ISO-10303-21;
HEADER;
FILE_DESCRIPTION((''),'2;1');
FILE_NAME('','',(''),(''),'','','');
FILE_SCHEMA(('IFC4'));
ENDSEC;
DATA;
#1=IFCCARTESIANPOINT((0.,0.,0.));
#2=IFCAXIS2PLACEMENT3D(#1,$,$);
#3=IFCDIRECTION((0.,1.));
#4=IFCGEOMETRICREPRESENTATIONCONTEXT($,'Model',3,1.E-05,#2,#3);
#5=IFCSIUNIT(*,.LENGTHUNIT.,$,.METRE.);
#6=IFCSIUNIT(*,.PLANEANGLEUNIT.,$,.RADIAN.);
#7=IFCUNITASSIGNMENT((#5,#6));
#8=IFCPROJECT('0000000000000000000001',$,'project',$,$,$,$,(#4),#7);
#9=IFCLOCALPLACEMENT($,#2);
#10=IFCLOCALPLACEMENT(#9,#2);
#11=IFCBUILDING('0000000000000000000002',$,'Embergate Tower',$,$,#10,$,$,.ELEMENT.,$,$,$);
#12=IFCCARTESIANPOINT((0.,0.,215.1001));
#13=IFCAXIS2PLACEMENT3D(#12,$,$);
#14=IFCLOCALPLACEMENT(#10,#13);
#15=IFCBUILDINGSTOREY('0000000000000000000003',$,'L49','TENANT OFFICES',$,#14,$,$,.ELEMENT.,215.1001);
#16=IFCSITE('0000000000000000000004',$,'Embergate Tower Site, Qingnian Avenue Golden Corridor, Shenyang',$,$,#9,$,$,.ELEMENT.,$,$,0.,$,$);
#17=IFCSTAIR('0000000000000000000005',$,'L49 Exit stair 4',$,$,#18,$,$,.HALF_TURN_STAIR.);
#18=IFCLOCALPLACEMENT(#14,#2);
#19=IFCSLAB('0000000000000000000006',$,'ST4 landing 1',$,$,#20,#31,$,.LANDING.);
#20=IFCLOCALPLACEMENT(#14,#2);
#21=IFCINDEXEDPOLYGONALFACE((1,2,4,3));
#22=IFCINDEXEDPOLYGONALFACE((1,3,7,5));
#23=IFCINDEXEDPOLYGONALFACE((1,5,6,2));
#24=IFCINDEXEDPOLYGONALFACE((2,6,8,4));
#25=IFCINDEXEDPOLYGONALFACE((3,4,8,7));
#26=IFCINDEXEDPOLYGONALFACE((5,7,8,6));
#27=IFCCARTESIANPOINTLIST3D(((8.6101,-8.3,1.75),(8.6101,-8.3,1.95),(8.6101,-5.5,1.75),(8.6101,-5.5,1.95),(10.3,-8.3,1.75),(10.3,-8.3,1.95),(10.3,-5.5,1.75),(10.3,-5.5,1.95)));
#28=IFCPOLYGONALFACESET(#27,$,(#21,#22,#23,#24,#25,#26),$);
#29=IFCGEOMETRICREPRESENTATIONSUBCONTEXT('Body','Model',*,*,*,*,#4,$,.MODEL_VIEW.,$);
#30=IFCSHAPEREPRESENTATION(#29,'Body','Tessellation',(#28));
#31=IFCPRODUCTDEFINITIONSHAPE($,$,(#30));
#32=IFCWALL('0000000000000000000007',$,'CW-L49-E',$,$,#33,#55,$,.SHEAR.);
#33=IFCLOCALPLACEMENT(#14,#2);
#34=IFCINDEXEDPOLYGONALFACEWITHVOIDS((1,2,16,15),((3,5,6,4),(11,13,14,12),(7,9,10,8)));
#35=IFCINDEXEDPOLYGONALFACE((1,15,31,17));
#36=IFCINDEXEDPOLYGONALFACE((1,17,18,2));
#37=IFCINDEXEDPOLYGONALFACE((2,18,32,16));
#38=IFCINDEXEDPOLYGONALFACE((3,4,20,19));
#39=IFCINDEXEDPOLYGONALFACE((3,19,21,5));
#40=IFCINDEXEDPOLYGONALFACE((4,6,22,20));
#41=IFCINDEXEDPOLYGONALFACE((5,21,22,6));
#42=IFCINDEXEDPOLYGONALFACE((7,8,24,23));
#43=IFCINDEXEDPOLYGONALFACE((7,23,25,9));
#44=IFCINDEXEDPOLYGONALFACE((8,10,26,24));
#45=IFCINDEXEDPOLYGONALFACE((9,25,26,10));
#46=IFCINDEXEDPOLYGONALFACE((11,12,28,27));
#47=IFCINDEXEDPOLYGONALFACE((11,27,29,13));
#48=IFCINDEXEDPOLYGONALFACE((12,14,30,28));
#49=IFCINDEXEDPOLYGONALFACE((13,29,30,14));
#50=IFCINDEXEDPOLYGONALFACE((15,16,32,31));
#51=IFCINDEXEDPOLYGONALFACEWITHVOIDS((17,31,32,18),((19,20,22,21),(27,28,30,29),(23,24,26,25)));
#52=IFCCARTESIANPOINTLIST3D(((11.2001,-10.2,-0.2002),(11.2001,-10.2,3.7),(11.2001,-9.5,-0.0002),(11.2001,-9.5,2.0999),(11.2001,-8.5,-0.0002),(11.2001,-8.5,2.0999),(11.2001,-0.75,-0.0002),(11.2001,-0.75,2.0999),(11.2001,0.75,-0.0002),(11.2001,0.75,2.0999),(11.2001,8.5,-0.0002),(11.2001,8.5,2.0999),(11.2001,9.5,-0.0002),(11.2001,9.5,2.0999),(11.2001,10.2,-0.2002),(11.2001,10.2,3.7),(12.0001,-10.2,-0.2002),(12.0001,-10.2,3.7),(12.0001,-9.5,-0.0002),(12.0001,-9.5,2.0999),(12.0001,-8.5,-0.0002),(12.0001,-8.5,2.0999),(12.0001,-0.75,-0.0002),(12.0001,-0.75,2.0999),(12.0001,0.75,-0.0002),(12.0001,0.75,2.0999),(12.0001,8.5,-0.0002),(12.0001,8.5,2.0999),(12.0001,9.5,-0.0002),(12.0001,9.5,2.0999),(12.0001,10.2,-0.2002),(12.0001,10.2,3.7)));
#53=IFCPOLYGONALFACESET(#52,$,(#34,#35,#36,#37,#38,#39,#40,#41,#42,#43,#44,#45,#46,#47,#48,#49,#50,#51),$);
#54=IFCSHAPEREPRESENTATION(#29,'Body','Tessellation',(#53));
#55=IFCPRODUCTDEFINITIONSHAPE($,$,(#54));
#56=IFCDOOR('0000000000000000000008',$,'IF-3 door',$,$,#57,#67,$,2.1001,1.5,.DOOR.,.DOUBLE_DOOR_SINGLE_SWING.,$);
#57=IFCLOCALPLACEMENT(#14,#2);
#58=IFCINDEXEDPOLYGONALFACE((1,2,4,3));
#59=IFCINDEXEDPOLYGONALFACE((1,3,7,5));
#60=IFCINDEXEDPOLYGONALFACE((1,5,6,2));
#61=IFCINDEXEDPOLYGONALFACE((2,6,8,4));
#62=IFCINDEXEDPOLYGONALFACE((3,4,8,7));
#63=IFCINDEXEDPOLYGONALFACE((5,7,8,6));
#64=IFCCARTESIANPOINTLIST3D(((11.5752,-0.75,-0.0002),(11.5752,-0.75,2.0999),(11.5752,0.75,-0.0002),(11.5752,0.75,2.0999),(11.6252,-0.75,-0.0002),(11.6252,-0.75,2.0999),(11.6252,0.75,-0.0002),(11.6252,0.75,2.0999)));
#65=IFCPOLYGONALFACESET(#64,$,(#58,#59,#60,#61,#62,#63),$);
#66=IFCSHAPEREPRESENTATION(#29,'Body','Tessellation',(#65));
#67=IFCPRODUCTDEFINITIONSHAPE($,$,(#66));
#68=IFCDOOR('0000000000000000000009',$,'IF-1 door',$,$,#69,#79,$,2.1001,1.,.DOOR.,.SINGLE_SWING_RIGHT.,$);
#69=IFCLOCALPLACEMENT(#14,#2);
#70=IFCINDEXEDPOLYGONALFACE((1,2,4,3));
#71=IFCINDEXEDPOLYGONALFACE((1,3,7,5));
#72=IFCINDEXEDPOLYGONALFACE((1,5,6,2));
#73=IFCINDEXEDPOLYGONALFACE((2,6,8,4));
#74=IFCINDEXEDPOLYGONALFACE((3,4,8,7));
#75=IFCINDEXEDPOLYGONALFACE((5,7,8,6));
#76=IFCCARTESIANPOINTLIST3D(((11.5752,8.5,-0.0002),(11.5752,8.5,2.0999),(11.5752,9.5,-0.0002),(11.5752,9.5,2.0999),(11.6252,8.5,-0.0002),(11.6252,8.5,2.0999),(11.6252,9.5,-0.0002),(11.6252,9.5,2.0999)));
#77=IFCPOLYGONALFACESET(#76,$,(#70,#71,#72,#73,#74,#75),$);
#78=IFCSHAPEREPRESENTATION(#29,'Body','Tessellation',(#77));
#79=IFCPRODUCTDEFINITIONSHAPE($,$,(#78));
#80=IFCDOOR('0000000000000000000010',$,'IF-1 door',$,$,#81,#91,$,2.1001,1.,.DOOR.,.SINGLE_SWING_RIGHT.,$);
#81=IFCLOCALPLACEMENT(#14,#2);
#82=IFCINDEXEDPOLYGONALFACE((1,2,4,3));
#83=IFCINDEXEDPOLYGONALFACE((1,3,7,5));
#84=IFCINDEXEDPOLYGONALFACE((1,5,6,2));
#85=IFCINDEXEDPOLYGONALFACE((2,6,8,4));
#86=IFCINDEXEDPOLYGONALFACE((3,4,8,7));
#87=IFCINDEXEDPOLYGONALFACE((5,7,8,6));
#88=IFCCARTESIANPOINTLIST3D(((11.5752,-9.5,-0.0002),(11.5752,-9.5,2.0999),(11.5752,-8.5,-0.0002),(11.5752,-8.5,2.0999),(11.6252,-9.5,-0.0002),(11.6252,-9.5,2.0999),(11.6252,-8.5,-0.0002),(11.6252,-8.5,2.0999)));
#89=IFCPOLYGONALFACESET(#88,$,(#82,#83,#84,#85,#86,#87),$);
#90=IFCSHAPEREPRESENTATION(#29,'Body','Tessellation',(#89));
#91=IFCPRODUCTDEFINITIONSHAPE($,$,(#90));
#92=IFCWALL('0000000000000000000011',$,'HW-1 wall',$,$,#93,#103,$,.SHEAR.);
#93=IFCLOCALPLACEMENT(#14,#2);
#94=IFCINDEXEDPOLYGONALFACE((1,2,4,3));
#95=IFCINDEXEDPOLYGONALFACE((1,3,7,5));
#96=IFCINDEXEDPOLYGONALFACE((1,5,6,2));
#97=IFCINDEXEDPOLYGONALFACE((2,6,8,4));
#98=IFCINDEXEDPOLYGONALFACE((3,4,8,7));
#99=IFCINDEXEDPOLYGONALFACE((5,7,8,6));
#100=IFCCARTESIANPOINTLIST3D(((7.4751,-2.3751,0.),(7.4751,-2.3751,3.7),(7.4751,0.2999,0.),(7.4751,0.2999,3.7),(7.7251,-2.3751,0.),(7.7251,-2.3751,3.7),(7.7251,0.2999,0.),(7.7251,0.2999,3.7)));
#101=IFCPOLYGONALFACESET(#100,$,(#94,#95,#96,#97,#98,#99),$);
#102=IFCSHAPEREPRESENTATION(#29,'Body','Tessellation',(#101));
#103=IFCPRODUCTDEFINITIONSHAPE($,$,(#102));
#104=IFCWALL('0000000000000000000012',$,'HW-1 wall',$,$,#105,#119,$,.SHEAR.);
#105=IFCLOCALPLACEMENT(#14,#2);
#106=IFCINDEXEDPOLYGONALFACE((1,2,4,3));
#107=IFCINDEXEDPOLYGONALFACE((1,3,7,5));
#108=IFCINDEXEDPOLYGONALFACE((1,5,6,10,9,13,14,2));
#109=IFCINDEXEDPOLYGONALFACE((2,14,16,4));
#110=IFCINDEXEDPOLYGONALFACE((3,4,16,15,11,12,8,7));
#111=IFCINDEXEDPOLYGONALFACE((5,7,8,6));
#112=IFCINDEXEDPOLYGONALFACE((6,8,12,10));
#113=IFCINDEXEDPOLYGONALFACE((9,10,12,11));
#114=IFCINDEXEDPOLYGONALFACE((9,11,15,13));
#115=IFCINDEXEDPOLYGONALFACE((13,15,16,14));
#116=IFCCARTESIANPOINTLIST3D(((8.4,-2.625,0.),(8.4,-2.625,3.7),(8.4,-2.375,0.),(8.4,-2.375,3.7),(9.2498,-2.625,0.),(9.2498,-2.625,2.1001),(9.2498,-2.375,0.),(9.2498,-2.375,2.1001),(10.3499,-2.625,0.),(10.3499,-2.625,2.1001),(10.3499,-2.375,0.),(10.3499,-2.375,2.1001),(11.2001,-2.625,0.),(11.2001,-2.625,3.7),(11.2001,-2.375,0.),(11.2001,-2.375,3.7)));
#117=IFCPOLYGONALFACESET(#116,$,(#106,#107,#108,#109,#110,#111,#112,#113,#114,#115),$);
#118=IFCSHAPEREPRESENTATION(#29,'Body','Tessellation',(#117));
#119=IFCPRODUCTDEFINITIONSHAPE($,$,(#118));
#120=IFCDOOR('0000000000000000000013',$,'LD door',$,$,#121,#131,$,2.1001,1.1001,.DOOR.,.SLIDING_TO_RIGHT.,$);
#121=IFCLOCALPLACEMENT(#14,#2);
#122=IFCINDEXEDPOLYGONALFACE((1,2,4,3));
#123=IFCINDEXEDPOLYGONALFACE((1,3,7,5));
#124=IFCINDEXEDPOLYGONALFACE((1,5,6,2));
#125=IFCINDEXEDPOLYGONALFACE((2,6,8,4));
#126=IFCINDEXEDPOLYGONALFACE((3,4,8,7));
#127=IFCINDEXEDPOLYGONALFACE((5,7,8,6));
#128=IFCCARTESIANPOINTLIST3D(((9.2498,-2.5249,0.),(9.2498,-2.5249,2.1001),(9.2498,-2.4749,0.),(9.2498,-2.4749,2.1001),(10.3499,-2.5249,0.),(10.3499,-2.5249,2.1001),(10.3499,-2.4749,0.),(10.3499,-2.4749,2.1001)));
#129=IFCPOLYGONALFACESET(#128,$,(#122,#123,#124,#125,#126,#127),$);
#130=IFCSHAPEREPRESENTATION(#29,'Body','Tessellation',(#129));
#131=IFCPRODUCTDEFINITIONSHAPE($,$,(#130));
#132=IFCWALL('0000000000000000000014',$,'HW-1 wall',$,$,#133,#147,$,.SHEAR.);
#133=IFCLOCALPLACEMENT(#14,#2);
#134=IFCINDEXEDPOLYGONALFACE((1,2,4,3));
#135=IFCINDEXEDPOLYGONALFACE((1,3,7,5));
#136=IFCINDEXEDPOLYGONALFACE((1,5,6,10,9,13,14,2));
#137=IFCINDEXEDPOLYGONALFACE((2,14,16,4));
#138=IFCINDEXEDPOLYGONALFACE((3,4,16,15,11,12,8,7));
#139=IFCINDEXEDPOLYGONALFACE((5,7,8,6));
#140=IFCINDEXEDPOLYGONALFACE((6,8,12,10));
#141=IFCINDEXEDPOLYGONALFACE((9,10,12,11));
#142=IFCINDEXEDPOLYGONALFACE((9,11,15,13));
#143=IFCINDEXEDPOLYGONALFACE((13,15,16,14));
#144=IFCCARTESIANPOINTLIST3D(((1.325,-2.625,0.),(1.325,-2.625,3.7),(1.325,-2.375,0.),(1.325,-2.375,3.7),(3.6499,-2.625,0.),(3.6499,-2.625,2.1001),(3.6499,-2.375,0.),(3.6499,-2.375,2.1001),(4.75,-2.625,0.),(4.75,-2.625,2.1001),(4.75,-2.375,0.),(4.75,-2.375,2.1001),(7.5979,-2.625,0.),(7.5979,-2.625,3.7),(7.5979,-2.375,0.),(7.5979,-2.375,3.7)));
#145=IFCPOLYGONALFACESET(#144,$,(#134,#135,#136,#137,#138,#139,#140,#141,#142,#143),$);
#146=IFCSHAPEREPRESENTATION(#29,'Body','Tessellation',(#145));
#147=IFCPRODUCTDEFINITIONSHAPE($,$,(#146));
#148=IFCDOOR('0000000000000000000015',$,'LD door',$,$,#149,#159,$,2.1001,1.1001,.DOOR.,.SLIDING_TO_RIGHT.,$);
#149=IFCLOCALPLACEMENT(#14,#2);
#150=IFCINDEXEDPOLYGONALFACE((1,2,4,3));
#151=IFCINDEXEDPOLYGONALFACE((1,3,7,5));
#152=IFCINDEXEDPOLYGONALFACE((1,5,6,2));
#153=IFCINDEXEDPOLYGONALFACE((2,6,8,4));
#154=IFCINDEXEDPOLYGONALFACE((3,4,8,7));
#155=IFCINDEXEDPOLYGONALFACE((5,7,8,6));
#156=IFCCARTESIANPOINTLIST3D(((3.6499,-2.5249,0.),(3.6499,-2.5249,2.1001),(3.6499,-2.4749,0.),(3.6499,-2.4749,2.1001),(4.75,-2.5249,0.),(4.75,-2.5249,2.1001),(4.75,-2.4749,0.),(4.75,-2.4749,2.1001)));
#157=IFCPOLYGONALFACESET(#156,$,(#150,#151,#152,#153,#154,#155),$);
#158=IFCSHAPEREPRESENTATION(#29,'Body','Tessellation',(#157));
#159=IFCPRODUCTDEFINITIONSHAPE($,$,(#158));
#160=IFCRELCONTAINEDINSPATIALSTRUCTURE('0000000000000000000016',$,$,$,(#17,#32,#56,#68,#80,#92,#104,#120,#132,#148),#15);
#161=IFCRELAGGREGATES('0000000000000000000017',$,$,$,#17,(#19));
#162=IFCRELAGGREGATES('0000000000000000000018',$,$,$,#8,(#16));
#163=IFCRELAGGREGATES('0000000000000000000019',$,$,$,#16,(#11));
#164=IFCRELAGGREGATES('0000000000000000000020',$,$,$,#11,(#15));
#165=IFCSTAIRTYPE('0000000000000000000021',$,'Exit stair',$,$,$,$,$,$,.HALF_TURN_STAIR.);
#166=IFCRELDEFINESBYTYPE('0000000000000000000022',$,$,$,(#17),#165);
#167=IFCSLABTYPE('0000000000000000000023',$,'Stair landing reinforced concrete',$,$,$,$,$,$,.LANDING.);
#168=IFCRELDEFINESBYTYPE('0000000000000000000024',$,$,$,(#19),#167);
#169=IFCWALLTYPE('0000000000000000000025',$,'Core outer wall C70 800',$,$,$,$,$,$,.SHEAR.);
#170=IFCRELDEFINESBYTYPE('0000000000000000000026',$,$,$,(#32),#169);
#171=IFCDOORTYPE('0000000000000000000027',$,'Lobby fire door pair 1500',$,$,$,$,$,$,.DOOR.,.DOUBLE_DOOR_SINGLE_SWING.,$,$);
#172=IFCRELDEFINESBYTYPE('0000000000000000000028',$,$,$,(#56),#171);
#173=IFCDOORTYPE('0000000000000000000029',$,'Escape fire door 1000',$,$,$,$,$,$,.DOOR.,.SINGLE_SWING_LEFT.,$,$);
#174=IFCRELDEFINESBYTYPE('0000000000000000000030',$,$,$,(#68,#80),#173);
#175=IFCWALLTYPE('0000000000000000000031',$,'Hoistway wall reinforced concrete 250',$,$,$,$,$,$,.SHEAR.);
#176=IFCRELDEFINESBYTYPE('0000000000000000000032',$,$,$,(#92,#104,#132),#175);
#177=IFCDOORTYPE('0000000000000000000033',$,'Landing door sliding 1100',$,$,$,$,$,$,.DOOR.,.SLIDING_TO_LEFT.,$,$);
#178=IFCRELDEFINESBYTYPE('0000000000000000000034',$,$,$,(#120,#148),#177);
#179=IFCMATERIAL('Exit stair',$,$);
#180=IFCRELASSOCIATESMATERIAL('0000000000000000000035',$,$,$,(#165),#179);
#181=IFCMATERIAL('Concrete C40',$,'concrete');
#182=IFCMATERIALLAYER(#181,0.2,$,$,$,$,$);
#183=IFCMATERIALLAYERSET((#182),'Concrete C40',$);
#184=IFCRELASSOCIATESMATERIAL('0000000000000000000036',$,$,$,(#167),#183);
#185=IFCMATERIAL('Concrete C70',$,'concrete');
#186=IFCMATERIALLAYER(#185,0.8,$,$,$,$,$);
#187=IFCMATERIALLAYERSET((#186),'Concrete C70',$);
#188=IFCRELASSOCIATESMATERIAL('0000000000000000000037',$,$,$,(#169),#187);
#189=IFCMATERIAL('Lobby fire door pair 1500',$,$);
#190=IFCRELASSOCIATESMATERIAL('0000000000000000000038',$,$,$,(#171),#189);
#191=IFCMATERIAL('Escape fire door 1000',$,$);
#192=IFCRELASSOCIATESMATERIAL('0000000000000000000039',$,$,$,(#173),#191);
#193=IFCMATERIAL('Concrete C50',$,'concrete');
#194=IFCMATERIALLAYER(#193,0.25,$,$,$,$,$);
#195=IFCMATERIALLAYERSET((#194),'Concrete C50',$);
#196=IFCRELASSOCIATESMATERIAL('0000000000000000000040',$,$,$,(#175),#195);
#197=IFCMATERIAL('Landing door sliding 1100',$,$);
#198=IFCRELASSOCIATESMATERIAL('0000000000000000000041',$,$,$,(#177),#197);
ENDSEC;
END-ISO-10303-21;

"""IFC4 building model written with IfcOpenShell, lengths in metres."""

from ifc_helpers import new_model, si_unit, direction, frame, frame_2d, origin, place, context, subcontext, project, spatial, polyline, rectangle, outline, extrude, source, transform, mapped, material, layer, layer_set, type_object, element, fill, aggregate, save


model = new_model("IFC4")

# Units and contexts
model_context = context("Model", 3, precision=1e-05, world=origin(), true_north=direction((0.0, 1.0)))
body_context = subcontext(model_context, "Body", "Model", "MODEL_VIEW")
ifc_project = project(units=[si_unit("LENGTHUNIT", "METRE"), si_unit("PLANEANGLEUNIT", "RADIAN")], contexts=[model_context])

# Site, building, storey
site_placement = place(None, origin())
site = spatial("IfcSite", under=ifc_project, at=site_placement, Name="Embergate Tower Site, Qingnian Avenue Golden Corridor, Shenyang", CompositionType="ELEMENT", RefElevation=0.0)
building_placement = place(site_placement, origin())
building = spatial("IfcBuilding", under=site, at=building_placement, Name="Embergate Tower", CompositionType="ELEMENT")
storey_placement = place(building_placement, frame((0.0, 0.0, 215.1001)))
storey = spatial("IfcBuildingStorey", under=building, at=storey_placement, Name="L49", Description="TENANT OFFICES", CompositionType="ELEMENT", Elevation=215.1001)

# Stair, slab
ifc_material_1 = material(Name="Exit stair")
stair_type = type_object("IfcStairType", Name="Exit stair", PredefinedType="HALF_TURN_STAIR", material=ifc_material_1)
stair_placement = place(storey_placement, origin())
stair = element("IfcStair", 1, at=stair_placement, inside=storey, type_object=stair_type, Name="L49 Exit stair 4", PredefinedType="HALF_TURN_STAIR")
ifc_material_2 = material(Name="Concrete C40", Category="concrete")
ifc_layer_1 = layer(ifc_material_2, 0.2)
ifc_layer_set_1 = layer_set([ifc_layer_1], Name="Concrete C40")
slab_type = type_object("IfcSlabType", Name="Stair landing reinforced concrete", PredefinedType="LANDING", material=ifc_layer_set_1)
shared_shape_1 = source(origin(), body_context, "Body", "SweptSolid", [
    extrude(outline(polyline([(0.0, 0.0), (1.6899, 0.0), (1.6899, 2.8), (0.0, 2.8), (0.0, 0.0)])), origin(), (0.0, 0.0, 1.0), 0.2),
])
slab_placement = place(storey_placement, frame((8.6101, -8.3, 1.75)))
slab = element("IfcSlab", 2, at=slab_placement, type_object=slab_type, Name="ST4 landing 1", PredefinedType="LANDING", context=body_context, shape_type="MappedRepresentation", body=[
    mapped(shared_shape_1, transform((0.0, 0.0, 0.0))),
])

# Wall, openings, doors
ifc_material_3 = material(Name="Concrete C70", Category="concrete")
ifc_layer_2 = layer(ifc_material_3, 0.8)
ifc_layer_set_2 = layer_set([ifc_layer_2], Name="Concrete C70")
wall_type_1 = type_object("IfcWallType", Name="Core outer wall C70 800", PredefinedType="SHEAR", material=ifc_layer_set_2)
shared_shape_2 = source(origin(), body_context, "Body", "SweptSolid", [
    extrude(rectangle(XDim=20.3999, YDim=0.8, at=frame_2d((10.2, 0.0))), origin(), (0.0, 0.0, 1.0), 3.9001),
])
wall_1_placement = place(storey_placement, frame((11.6001, -10.2, -0.2002), z_axis=(0.0, 0.0, 1.0), x_axis=(0.0, 1.0, 0.0)))
wall_1 = element("IfcWall", 3, at=wall_1_placement, inside=storey, type_object=wall_type_1, Name="CW-L49-E", PredefinedType="SHEAR", context=body_context, shape_type="MappedRepresentation", body=[
    mapped(shared_shape_2, transform((0.0, 0.0, 0.0))),
])
shared_shape_3 = source(origin(), body_context, "Body", "SweptSolid", [
    extrude(rectangle(XDim=1.0, YDim=2.1001, at=frame_2d((0.5, 1.05))), frame((0.0, 0.4099, 0.0), z_axis=(0.0, -1.0, 0.0), x_axis=(1.0, 0.0, 0.0)), (0.0, 0.0, 1.0), 0.8201),
])
opening_1_placement = place(wall_1_placement, frame((18.7, 0.0, 0.2)))
opening_1 = element("IfcOpeningElement", 4, at=opening_1_placement, cuts=wall_1, PredefinedType="OPENING", context=body_context, shape_type="MappedRepresentation", body=[
    mapped(shared_shape_3, transform((0.0, 0.0, 0.0))),
])
opening_2_placement = place(wall_1_placement, frame((0.7, 0.0, 0.2)))
opening_2 = element("IfcOpeningElement", 5, at=opening_2_placement, cuts=wall_1, PredefinedType="OPENING", context=body_context, shape_type="MappedRepresentation", body=[
    mapped(shared_shape_3, transform((0.0, 0.0, 0.0))),
])
shared_shape_4 = source(origin(), body_context, "Body", "SweptSolid", [
    extrude(rectangle(XDim=1.5, YDim=2.1001, at=frame_2d((0.75, 1.05))), frame((0.0, 0.4099, 0.0), z_axis=(0.0, -1.0, 0.0), x_axis=(1.0, 0.0, 0.0)), (0.0, 0.0, 1.0), 0.8201),
])
opening_3_placement = place(wall_1_placement, frame((9.45, 0.0, 0.2)))
opening_3 = element("IfcOpeningElement", 6, at=opening_3_placement, cuts=wall_1, PredefinedType="OPENING", context=body_context, shape_type="MappedRepresentation", body=[
    mapped(shared_shape_4, transform((0.0, 0.0, 0.0))),
])
ifc_material_4 = material(Name="Lobby fire door pair 1500")
door_type_1 = type_object("IfcDoorType", Name="Lobby fire door pair 1500", OperationType="DOUBLE_DOOR_SINGLE_SWING", PredefinedType="DOOR", material=ifc_material_4)
shared_shape_5 = source(origin(), body_context, "Body", "SweptSolid", [
    extrude(rectangle(XDim=1.5, YDim=2.1001, at=frame_2d((0.75, 1.05))), frame((0.0, 0.0249, 0.0), z_axis=(0.0, -1.0, 0.0), x_axis=(1.0, 0.0, 0.0)), (0.0, 0.0, 1.0), 0.05),
])
door_1_placement = place(opening_3_placement, origin())
door_1 = element("IfcDoor", 7, at=door_1_placement, inside=storey, type_object=door_type_1, Name="IF-3 door", OperationType="DOUBLE_DOOR_SINGLE_SWING", OverallHeight=2.1001, OverallWidth=1.5, PredefinedType="DOOR", context=body_context, shape_type="MappedRepresentation", body=[
    mapped(shared_shape_5, transform((0.0, 0.0, 0.0))),
])
fill(opening_3, door_1)
ifc_material_5 = material(Name="Escape fire door 1000")
door_type_2 = type_object("IfcDoorType", Name="Escape fire door 1000", OperationType="SINGLE_SWING_LEFT", PredefinedType="DOOR", material=ifc_material_5)
shared_shape_6 = source(origin(), body_context, "Body", "SweptSolid", [
    extrude(rectangle(XDim=1.0, YDim=2.1001, at=frame_2d((0.5, 1.05))), frame((0.0, 0.0249, 0.0), z_axis=(0.0, -1.0, 0.0), x_axis=(1.0, 0.0, 0.0)), (0.0, 0.0, 1.0), 0.05),
])
door_2_placement = place(opening_1_placement, origin())
door_2 = element("IfcDoor", 8, at=door_2_placement, inside=storey, type_object=door_type_2, Name="IF-1 door", OperationType="SINGLE_SWING_RIGHT", OverallHeight=2.1001, OverallWidth=1.0, PredefinedType="DOOR", context=body_context, shape_type="MappedRepresentation", body=[
    mapped(shared_shape_6, transform((0.0, 0.0, 0.0))),
])
fill(opening_1, door_2)
door_3_placement = place(opening_2_placement, origin())
door_3 = element("IfcDoor", 9, at=door_3_placement, inside=storey, type_object=door_type_2, Name="IF-1 door", OperationType="SINGLE_SWING_RIGHT", OverallHeight=2.1001, OverallWidth=1.0, PredefinedType="DOOR", context=body_context, shape_type="MappedRepresentation", body=[
    mapped(shared_shape_6, transform((0.0, 0.0, 0.0))),
])
fill(opening_2, door_3)

# Wall
ifc_material_6 = material(Name="Concrete C50", Category="concrete")
ifc_layer_3 = layer(ifc_material_6, 0.25)
ifc_layer_set_3 = layer_set([ifc_layer_3], Name="Concrete C50")
wall_type_2 = type_object("IfcWallType", Name="Hoistway wall reinforced concrete 250", PredefinedType="SHEAR", material=ifc_layer_set_3)
shared_shape_7 = source(origin(), body_context, "Body", "SweptSolid", [
    extrude(rectangle(XDim=2.675, YDim=0.25, at=frame_2d((1.3374, 0.0))), origin(), (0.0, 0.0, 1.0), 3.7),
])
wall_2_placement = place(storey_placement, frame((7.6001, -2.375, 0.0), z_axis=(0.0, 0.0, 1.0), x_axis=(0.0, 1.0, 0.0)))
element("IfcWall", 10, at=wall_2_placement, inside=storey, type_object=wall_type_2, Name="HW-1 wall", PredefinedType="SHEAR", context=body_context, shape_type="MappedRepresentation", body=[
    mapped(shared_shape_7, transform((0.0, 0.0, 0.0))),
])

# Walls, openings, doors
shared_shape_8 = source(origin(), body_context, "Body", "SweptSolid", [
    extrude(rectangle(XDim=2.8, YDim=0.25, at=frame_2d((1.3999, 0.0))), origin(), (0.0, 0.0, 1.0), 3.7),
])
wall_3_placement = place(storey_placement, frame((11.2, -2.5, 0.0), z_axis=(0.0, 0.0, 1.0), x_axis=(-1.0, 0.0, 0.0)))
wall_3 = element("IfcWall", 11, at=wall_3_placement, inside=storey, type_object=wall_type_2, Name="HW-1 wall", PredefinedType="SHEAR", context=body_context, shape_type="MappedRepresentation", body=[
    mapped(shared_shape_8, transform((0.0, 0.0, 0.0))),
])
shared_shape_9 = source(origin(), body_context, "Body", "SweptSolid", [
    extrude(rectangle(XDim=1.1001, YDim=2.1001, at=frame_2d((0.55, 1.05))), frame((0.0, 0.135, 0.0), z_axis=(0.0, -1.0, 0.0), x_axis=(1.0, 0.0, 0.0)), (0.0, 0.0, 1.0), 0.27),
])
opening_4_placement = place(wall_3_placement, frame((0.8501, 0.0, 0.0)))
opening_4 = element("IfcOpeningElement", 12, at=opening_4_placement, cuts=wall_3, PredefinedType="OPENING", context=body_context, shape_type="MappedRepresentation", body=[
    mapped(shared_shape_9, transform((0.0, 0.0, 0.0))),
])
ifc_material_7 = material(Name="Landing door sliding 1100")
door_type_3 = type_object("IfcDoorType", Name="Landing door sliding 1100", OperationType="SLIDING_TO_LEFT", PredefinedType="DOOR", material=ifc_material_7)
shared_shape_10 = source(origin(), body_context, "Body", "SweptSolid", [
    extrude(rectangle(XDim=1.1001, YDim=2.1001, at=frame_2d((0.55, 1.05))), frame((0.0, 0.0249, 0.0), z_axis=(0.0, -1.0, 0.0), x_axis=(1.0, 0.0, 0.0)), (0.0, 0.0, 1.0), 0.05),
])
door_4_placement = place(opening_4_placement, origin())
door_4 = element("IfcDoor", 13, at=door_4_placement, inside=storey, type_object=door_type_3, Name="LD door", OperationType="SLIDING_TO_RIGHT", OverallHeight=2.1001, OverallWidth=1.1001, PredefinedType="DOOR", context=body_context, shape_type="MappedRepresentation", body=[
    mapped(shared_shape_10, transform((0.0, 0.0, 0.0))),
])
fill(opening_4, door_4)
shared_shape_11 = source(origin(), body_context, "Body", "SweptSolid", [
    extrude(rectangle(XDim=6.2729, YDim=0.25, at=frame_2d((3.1365, 0.0))), origin(), (0.0, 0.0, 1.0), 3.7),
])
wall_4_placement = place(storey_placement, frame((7.5979, -2.5, 0.0), z_axis=(0.0, 0.0, 1.0), x_axis=(-1.0, 0.0, 0.0)))
wall_4 = element("IfcWall", 14, at=wall_4_placement, inside=storey, type_object=wall_type_2, Name="HW-1 wall", PredefinedType="SHEAR", context=body_context, shape_type="MappedRepresentation", body=[
    mapped(shared_shape_11, transform((0.0, 0.0, 0.0))),
])
opening_5_placement = place(wall_4_placement, frame((2.8479, 0.0, 0.0)))
opening_5 = element("IfcOpeningElement", 15, at=opening_5_placement, cuts=wall_4, PredefinedType="OPENING", context=body_context, shape_type="MappedRepresentation", body=[
    mapped(shared_shape_9, transform((0.0, 0.0, 0.0))),
])
door_5_placement = place(opening_5_placement, origin())
door_5 = element("IfcDoor", 16, at=door_5_placement, inside=storey, type_object=door_type_3, Name="LD door", OperationType="SLIDING_TO_RIGHT", OverallHeight=2.1001, OverallWidth=1.1001, PredefinedType="DOOR", context=body_context, shape_type="MappedRepresentation", body=[
    mapped(shared_shape_10, transform((0.0, 0.0, 0.0))),
])
fill(opening_5, door_5)

aggregate(stair, [slab])

save(model, "model.ifc")
